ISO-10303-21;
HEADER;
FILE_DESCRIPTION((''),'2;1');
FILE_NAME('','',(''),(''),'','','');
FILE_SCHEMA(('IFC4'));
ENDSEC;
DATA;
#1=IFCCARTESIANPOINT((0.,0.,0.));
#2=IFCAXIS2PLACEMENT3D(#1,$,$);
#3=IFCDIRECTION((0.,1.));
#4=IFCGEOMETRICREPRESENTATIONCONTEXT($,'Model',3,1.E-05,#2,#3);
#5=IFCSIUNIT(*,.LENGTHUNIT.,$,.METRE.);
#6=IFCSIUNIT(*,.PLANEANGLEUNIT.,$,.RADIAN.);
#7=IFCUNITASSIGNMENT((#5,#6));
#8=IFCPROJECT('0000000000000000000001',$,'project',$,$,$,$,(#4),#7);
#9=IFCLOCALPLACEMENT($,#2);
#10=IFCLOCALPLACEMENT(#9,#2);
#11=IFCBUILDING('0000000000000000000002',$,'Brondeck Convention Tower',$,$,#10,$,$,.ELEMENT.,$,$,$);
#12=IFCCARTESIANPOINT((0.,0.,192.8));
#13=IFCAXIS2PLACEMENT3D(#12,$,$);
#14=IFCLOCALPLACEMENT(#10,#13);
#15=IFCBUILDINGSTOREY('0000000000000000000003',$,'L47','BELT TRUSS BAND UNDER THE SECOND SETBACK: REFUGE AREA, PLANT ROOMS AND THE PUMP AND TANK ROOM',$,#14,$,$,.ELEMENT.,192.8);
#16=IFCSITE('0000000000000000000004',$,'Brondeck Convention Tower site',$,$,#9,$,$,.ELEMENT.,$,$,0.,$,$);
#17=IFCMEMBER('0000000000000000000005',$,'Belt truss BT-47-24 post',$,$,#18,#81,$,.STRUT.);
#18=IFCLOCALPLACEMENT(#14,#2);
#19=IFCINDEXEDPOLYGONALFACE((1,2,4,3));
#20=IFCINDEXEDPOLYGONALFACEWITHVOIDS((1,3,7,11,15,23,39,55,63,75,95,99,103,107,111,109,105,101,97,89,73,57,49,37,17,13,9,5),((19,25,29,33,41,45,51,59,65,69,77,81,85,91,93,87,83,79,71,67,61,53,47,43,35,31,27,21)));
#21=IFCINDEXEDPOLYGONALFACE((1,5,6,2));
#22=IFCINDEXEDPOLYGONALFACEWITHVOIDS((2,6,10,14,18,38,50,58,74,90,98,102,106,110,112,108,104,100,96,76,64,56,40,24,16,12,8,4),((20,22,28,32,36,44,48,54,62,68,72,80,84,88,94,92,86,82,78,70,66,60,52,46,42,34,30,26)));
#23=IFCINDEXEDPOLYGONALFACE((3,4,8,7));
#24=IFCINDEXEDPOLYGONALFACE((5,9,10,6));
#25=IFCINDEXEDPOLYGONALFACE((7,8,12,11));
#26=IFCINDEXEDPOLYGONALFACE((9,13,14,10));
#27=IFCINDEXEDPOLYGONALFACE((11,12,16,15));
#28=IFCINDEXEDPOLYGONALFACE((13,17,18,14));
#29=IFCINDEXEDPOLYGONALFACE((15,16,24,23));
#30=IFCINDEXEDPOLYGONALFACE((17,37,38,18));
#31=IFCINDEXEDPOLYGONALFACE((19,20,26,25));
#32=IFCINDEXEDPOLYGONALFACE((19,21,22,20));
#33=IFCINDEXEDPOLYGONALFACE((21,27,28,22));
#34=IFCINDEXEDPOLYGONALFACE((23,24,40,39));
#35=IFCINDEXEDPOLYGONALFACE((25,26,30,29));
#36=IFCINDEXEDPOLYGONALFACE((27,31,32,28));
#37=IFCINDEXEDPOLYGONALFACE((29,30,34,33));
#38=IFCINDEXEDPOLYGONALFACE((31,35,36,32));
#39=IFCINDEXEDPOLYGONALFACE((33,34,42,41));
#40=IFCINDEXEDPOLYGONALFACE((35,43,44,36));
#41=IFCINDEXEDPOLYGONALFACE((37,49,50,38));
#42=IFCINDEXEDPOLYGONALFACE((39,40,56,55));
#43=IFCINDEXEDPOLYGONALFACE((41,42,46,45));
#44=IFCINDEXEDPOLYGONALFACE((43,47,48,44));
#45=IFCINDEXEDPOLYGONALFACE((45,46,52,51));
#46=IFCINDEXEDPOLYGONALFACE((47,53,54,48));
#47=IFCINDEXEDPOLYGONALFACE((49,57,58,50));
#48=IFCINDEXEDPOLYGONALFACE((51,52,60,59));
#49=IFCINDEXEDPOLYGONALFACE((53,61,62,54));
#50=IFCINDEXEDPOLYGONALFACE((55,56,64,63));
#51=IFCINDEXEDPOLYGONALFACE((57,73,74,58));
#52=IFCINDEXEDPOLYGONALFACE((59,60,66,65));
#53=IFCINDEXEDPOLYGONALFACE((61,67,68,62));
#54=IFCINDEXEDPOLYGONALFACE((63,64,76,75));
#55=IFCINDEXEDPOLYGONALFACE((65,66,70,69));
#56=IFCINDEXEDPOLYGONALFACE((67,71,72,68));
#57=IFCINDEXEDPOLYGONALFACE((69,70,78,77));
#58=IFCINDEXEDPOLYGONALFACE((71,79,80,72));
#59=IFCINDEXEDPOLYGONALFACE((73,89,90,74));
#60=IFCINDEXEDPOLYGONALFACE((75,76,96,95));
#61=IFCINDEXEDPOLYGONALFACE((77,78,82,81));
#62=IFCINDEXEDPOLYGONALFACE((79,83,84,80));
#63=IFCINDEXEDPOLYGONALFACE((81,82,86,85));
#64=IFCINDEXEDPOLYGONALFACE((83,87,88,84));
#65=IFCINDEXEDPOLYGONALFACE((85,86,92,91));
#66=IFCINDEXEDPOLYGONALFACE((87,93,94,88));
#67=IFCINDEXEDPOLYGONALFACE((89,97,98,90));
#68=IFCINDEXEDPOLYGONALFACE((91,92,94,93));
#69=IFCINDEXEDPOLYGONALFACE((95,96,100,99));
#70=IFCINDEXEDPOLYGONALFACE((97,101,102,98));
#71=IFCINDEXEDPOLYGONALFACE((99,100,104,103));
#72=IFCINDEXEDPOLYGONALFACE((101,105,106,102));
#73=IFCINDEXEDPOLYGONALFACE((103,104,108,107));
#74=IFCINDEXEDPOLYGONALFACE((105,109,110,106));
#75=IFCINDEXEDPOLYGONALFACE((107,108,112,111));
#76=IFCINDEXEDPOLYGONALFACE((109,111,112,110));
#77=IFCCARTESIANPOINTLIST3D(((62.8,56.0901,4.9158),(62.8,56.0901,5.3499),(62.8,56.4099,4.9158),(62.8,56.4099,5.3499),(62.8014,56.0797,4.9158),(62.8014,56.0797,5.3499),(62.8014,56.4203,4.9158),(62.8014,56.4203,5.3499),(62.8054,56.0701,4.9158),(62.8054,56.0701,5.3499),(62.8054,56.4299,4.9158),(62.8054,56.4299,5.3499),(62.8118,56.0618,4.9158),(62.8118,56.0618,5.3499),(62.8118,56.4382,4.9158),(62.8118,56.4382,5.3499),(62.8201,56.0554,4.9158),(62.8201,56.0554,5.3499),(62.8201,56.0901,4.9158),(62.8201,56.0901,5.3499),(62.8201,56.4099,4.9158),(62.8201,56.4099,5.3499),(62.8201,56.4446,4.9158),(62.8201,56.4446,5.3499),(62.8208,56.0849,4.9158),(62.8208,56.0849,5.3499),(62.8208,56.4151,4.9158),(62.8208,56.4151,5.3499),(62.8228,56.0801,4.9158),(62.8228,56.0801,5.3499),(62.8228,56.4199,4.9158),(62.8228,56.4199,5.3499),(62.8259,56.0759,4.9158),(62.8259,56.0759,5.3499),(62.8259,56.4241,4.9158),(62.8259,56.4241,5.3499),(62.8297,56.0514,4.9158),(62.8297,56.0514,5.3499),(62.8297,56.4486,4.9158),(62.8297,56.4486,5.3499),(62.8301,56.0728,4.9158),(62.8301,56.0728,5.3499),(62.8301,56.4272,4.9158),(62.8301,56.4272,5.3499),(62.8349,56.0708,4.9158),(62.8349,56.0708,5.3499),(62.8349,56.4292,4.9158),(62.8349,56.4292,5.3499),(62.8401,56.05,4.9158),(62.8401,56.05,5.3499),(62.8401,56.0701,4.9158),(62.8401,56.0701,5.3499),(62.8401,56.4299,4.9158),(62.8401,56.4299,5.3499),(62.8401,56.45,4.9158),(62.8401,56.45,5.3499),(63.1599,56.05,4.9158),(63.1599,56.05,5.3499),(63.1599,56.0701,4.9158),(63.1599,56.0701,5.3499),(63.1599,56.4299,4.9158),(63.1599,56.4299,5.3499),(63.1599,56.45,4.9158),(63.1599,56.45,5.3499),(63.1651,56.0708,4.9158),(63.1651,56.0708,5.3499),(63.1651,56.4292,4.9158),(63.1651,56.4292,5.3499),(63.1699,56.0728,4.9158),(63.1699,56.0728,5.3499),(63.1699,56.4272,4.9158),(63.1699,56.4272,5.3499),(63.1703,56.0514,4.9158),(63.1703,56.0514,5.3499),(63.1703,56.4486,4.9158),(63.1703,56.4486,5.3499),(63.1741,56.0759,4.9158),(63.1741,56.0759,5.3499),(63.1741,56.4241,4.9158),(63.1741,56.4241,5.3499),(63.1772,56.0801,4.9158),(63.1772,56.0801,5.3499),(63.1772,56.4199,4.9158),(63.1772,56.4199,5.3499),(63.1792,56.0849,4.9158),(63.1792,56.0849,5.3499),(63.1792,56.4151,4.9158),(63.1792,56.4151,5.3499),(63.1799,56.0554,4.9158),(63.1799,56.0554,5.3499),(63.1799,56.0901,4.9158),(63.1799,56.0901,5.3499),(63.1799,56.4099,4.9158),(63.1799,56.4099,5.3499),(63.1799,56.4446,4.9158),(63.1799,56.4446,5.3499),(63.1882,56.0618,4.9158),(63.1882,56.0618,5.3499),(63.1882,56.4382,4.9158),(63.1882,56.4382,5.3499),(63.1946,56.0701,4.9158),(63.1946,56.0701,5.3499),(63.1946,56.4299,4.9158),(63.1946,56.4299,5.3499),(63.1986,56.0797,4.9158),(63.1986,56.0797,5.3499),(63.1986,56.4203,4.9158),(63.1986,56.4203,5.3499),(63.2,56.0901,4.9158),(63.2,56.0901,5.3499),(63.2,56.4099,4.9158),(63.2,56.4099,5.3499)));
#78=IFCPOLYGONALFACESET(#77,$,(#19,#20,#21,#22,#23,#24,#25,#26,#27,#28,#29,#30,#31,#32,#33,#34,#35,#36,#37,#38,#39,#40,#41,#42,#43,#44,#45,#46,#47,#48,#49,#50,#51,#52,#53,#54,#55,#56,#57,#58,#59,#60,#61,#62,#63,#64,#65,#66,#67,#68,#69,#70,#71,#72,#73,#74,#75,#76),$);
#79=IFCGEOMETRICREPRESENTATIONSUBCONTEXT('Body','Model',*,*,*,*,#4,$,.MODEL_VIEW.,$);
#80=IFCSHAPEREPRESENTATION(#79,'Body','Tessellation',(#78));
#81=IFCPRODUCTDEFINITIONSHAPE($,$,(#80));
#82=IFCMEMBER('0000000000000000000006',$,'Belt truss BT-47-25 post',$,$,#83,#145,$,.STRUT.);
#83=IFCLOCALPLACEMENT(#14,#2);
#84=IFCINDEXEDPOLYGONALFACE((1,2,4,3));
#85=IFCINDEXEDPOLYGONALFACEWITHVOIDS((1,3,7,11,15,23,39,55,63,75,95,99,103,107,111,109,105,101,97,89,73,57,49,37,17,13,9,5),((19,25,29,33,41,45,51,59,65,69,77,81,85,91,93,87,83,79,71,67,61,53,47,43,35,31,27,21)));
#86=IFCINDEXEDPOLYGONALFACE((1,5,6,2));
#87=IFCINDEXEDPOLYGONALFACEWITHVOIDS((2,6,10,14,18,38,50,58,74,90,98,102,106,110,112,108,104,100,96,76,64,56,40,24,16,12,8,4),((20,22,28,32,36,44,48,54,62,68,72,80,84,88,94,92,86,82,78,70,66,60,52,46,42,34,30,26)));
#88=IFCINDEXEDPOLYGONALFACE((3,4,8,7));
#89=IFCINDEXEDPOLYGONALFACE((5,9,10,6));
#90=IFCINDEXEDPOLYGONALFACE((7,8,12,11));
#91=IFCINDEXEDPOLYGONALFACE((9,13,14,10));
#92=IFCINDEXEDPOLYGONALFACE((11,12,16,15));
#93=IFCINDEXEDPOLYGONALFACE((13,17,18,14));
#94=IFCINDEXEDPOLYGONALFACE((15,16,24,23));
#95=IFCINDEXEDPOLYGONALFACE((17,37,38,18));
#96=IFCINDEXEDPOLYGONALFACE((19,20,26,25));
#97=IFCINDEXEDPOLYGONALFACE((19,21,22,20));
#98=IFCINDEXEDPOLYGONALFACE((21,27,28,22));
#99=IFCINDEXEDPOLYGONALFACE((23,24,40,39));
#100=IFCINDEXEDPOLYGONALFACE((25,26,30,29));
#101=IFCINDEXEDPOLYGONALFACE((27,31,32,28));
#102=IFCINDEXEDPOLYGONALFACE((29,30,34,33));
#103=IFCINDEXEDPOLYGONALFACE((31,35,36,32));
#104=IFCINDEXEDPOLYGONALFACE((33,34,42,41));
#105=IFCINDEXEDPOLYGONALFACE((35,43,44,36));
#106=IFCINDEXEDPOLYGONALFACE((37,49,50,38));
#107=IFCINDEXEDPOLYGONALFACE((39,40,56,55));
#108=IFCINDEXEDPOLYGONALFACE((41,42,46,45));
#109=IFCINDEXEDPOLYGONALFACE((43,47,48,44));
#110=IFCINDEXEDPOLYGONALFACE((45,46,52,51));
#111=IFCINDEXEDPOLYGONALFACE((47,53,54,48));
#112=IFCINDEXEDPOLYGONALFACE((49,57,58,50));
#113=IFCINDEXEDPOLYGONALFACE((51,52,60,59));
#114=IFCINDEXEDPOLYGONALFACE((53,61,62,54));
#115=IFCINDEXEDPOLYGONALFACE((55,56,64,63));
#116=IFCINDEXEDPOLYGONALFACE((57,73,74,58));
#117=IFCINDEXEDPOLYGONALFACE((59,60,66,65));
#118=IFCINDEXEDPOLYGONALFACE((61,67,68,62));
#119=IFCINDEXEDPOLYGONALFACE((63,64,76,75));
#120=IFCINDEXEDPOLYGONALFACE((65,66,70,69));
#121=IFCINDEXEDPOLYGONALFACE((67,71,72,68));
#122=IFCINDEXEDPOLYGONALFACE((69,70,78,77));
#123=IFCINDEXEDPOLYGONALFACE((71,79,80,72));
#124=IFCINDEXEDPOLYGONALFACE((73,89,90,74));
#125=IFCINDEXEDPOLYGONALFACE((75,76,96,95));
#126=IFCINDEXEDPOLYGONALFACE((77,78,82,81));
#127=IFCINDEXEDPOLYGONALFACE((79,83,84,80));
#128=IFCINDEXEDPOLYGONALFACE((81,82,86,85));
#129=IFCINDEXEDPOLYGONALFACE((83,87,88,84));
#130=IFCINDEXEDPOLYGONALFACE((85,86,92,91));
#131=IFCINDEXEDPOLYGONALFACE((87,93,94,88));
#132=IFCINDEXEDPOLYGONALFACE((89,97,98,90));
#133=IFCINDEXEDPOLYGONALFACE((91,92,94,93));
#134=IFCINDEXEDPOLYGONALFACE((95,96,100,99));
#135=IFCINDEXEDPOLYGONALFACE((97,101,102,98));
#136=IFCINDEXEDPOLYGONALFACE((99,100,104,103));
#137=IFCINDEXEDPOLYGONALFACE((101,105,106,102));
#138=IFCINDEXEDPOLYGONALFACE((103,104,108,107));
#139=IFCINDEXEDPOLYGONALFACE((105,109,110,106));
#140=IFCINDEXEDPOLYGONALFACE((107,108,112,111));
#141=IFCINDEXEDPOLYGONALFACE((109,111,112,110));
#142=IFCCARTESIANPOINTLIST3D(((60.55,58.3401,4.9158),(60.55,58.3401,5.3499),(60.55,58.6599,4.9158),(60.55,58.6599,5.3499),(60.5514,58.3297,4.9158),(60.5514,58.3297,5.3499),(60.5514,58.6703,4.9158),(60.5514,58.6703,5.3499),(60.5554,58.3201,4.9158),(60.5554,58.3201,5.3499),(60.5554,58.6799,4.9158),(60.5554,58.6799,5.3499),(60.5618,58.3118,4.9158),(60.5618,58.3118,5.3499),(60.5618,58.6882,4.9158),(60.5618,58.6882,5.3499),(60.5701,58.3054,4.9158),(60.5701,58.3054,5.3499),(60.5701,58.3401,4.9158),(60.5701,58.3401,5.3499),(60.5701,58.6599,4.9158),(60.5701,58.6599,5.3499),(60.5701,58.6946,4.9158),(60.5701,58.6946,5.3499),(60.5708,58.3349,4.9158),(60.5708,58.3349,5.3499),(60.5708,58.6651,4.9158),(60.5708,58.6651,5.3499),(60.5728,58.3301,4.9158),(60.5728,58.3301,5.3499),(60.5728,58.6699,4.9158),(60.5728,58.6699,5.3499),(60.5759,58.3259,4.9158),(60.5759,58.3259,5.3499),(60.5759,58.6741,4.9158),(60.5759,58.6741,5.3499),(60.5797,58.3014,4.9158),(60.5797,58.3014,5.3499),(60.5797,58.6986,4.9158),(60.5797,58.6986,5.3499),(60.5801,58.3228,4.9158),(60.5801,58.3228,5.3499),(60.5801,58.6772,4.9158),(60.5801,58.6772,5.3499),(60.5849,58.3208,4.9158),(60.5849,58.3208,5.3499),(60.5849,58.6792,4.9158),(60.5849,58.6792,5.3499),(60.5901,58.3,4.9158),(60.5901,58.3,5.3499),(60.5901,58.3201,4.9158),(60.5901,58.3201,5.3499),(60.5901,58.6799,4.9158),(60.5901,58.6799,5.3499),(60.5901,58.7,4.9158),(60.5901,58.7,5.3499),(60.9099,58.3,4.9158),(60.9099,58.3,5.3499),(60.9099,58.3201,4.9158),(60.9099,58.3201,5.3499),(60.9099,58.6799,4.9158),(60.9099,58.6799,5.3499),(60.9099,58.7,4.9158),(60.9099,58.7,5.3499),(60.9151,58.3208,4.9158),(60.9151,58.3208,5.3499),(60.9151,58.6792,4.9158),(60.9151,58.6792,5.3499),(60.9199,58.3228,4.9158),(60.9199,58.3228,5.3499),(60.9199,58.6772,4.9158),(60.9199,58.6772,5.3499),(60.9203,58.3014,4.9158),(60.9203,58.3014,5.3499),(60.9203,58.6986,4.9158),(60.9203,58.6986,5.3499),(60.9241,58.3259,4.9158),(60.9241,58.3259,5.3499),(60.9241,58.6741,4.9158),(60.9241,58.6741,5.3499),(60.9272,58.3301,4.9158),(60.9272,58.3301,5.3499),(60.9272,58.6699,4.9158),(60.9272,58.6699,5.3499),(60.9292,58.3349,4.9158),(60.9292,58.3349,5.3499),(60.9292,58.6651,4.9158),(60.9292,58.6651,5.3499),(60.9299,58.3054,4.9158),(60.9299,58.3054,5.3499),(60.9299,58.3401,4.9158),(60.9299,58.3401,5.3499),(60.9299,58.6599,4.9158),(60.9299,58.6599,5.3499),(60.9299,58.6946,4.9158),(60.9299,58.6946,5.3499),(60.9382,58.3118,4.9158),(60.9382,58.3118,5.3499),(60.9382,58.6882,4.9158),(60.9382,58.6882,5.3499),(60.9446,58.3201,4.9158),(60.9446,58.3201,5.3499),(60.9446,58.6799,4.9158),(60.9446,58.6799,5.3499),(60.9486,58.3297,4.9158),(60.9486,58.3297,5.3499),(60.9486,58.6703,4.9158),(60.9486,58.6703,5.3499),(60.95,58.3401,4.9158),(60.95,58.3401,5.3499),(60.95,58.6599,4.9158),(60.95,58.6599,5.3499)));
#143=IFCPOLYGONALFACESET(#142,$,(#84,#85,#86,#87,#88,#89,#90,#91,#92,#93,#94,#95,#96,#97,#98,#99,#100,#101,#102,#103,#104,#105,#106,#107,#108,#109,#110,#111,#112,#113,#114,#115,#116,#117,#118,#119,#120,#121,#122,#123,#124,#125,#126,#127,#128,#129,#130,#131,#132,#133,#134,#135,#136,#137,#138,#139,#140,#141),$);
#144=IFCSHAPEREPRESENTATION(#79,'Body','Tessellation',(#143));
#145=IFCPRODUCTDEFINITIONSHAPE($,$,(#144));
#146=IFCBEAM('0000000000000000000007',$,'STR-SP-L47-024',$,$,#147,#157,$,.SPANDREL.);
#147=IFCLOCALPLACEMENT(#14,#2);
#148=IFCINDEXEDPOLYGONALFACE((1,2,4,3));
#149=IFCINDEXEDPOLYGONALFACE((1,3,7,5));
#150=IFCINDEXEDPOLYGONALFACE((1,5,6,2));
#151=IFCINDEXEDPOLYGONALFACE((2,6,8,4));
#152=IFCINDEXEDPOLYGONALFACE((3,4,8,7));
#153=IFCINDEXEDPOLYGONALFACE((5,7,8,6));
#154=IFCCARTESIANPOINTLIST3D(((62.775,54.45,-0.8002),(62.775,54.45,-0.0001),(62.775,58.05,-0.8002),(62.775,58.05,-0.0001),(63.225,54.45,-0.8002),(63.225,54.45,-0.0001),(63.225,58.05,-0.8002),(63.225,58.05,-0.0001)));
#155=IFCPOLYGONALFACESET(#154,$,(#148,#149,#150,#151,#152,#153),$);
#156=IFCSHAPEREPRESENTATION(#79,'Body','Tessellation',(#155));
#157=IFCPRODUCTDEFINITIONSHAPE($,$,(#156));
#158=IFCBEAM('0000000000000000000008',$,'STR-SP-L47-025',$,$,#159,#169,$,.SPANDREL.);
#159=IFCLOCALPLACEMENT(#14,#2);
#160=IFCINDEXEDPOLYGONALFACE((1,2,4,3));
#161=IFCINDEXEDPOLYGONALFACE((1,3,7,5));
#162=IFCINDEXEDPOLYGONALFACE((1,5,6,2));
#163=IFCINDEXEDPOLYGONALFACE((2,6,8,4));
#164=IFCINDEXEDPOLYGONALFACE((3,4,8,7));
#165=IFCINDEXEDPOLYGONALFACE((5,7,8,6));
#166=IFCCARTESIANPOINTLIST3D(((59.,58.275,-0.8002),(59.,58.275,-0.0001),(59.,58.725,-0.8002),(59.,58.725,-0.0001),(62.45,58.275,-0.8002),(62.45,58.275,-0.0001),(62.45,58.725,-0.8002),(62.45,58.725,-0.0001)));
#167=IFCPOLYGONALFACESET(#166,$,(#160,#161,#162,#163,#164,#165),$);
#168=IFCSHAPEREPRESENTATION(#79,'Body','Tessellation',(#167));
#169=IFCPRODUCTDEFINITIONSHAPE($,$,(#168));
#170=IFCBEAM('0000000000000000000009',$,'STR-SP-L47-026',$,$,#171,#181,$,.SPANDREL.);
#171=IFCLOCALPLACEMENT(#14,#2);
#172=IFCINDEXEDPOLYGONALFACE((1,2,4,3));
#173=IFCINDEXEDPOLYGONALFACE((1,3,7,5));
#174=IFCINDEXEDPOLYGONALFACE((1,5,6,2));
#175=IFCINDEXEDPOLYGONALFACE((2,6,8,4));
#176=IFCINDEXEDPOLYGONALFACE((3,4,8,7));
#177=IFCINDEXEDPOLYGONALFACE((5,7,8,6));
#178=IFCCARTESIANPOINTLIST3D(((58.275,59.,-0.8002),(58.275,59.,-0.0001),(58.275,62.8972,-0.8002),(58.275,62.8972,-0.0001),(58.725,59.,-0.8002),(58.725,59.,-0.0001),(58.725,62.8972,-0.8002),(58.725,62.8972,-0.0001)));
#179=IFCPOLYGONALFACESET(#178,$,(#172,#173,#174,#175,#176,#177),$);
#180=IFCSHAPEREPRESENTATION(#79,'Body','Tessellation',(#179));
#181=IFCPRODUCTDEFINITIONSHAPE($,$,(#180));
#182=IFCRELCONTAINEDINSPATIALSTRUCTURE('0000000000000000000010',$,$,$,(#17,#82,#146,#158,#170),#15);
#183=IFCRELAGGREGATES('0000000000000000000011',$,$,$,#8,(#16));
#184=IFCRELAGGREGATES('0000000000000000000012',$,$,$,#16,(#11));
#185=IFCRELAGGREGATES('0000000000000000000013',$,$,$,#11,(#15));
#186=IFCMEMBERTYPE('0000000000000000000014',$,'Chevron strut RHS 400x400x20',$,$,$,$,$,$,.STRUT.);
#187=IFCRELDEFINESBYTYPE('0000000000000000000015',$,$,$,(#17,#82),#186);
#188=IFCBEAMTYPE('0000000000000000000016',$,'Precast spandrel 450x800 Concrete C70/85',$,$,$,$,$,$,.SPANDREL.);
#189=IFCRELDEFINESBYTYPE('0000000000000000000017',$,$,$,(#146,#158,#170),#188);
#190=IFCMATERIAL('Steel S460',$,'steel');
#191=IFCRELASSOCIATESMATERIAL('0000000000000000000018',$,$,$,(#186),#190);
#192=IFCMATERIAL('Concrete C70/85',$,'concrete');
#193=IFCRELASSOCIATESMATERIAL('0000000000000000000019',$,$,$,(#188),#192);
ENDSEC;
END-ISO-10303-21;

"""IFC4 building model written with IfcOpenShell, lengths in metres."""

from ifc_helpers import new_model, si_unit, direction, frame, origin, origin_2d, place, context, subcontext, project, spatial, rectangle, hollow_rectangle, extrude, material, material_profile, profile_set, type_object, element, save


model = new_model("IFC4")

# Units and contexts
model_context = context("Model", 3, precision=1e-05, world=origin(), true_north=direction((0.0, 1.0)))
body_context = subcontext(model_context, "Body", "Model", "MODEL_VIEW")
ifc_project = project(units=[si_unit("LENGTHUNIT", "METRE"), si_unit("PLANEANGLEUNIT", "RADIAN")], contexts=[model_context])

# Site, building, storey
site_placement = place(None, origin())
site = spatial("IfcSite", under=ifc_project, at=site_placement, Name="Brondeck Convention Tower site", CompositionType="ELEMENT", RefElevation=0.0)
building_placement = place(site_placement, origin())
building = spatial("IfcBuilding", under=site, at=building_placement, Name="Brondeck Convention Tower", CompositionType="ELEMENT")
storey_placement = place(building_placement, frame((0.0, 0.0, 192.8)))
storey = spatial("IfcBuildingStorey", under=building, at=storey_placement, Name="L47", Description="BELT TRUSS BAND UNDER THE SECOND SETBACK: REFUGE AREA, PLANT ROOMS AND THE PUMP AND TANK ROOM", CompositionType="ELEMENT", Elevation=192.8)

# Shared definitions
ifc_material_1 = material(Name="Concrete C70/85", Category="concrete")

# Members
ifc_material_2 = material(Name="Steel S460", Category="steel")
ifc_material_profile_1 = material_profile(ifc_material_2, hollow_rectangle(XDim=0.3999, YDim=0.3999, WallThickness=0.02, InnerFilletRadius=0.02, OuterFilletRadius=0.04, at=origin_2d()), Name="RHS 400x400x20")
ifc_profile_set_1 = profile_set([ifc_material_profile_1], Name="Steel S460")
member_type_1 = type_object("IfcMemberType", Name="Chevron strut RHS 400x400x20", PredefinedType="STRUT", material=ifc_profile_set_1)
for number, where, z_axis, x_axis, name in (
    (1, (63.0, 56.25, 4.9158), (0.0, 0.0, 1.0), (1.0, 0.0, 0.0), "Belt truss BT-47-24 post"),
    (2, (60.75, 58.5, 4.9158), (0.0, 0.0, 1.0), (1.0, 0.0, 0.0), "Belt truss BT-47-25 post"),
):
    element("IfcMember", number, at=place(storey_placement, frame(where, z_axis=z_axis, x_axis=x_axis)), inside=storey, type_object=member_type_1, Name=name, PredefinedType="STRUT", context=body_context, shape_type="SweptSolid", body=[
        extrude(hollow_rectangle(XDim=0.3999, YDim=0.3999, WallThickness=0.02, InnerFilletRadius=0.02, OuterFilletRadius=0.04, at=origin_2d()), origin(), (0.0, 0.0, 1.0), 0.4341),
    ])

# Beams
ifc_material_profile_2 = material_profile(ifc_material_1, rectangle(XDim=0.45, YDim=0.8, at=origin_2d()), Name="Precast spandrel 450x800 Concrete C70/85")
ifc_profile_set_2 = profile_set([ifc_material_profile_2], Name="Concrete C70/85")
beam_type = type_object("IfcBeamType", Name="Precast spandrel 450x800 Concrete C70/85", PredefinedType="SPANDREL", material=ifc_profile_set_2)
beam_1_placement = place(storey_placement, frame((63.0, 54.45, -0.4001), z_axis=(0.0, 1.0, 0.0), x_axis=(-1.0, 0.0, 0.0)))
element("IfcBeam", 3, at=beam_1_placement, inside=storey, type_object=beam_type, Name="STR-SP-L47-024", PredefinedType="SPANDREL", context=body_context, shape_type="SweptSolid", body=[
    extrude(rectangle(XDim=0.45, YDim=0.8, at=origin_2d()), origin(), (0.0, 0.0, 1.0), 3.6001),
])
beam_2_placement = place(storey_placement, frame((62.45, 58.5, -0.4001), z_axis=(-1.0, 0.0, 0.0), x_axis=(0.0, -1.0, 0.0)))
element("IfcBeam", 4, at=beam_2_placement, inside=storey, type_object=beam_type, Name="STR-SP-L47-025", PredefinedType="SPANDREL", context=body_context, shape_type="SweptSolid", body=[
    extrude(rectangle(XDim=0.45, YDim=0.8, at=origin_2d()), origin(), (0.0, 0.0, 1.0), 3.45),
])
beam_3_placement = place(storey_placement, frame((58.5, 59.0, -0.4001), z_axis=(0.0, 1.0, 0.0), x_axis=(-1.0, 0.0, 0.0)))
element("IfcBeam", 5, at=beam_3_placement, inside=storey, type_object=beam_type, Name="STR-SP-L47-026", PredefinedType="SPANDREL", context=body_context, shape_type="SweptSolid", body=[
    extrude(rectangle(XDim=0.45, YDim=0.8, at=origin_2d()), origin(), (0.0, 0.0, 1.0), 3.8972),
])

save(model, "model.ifc")
